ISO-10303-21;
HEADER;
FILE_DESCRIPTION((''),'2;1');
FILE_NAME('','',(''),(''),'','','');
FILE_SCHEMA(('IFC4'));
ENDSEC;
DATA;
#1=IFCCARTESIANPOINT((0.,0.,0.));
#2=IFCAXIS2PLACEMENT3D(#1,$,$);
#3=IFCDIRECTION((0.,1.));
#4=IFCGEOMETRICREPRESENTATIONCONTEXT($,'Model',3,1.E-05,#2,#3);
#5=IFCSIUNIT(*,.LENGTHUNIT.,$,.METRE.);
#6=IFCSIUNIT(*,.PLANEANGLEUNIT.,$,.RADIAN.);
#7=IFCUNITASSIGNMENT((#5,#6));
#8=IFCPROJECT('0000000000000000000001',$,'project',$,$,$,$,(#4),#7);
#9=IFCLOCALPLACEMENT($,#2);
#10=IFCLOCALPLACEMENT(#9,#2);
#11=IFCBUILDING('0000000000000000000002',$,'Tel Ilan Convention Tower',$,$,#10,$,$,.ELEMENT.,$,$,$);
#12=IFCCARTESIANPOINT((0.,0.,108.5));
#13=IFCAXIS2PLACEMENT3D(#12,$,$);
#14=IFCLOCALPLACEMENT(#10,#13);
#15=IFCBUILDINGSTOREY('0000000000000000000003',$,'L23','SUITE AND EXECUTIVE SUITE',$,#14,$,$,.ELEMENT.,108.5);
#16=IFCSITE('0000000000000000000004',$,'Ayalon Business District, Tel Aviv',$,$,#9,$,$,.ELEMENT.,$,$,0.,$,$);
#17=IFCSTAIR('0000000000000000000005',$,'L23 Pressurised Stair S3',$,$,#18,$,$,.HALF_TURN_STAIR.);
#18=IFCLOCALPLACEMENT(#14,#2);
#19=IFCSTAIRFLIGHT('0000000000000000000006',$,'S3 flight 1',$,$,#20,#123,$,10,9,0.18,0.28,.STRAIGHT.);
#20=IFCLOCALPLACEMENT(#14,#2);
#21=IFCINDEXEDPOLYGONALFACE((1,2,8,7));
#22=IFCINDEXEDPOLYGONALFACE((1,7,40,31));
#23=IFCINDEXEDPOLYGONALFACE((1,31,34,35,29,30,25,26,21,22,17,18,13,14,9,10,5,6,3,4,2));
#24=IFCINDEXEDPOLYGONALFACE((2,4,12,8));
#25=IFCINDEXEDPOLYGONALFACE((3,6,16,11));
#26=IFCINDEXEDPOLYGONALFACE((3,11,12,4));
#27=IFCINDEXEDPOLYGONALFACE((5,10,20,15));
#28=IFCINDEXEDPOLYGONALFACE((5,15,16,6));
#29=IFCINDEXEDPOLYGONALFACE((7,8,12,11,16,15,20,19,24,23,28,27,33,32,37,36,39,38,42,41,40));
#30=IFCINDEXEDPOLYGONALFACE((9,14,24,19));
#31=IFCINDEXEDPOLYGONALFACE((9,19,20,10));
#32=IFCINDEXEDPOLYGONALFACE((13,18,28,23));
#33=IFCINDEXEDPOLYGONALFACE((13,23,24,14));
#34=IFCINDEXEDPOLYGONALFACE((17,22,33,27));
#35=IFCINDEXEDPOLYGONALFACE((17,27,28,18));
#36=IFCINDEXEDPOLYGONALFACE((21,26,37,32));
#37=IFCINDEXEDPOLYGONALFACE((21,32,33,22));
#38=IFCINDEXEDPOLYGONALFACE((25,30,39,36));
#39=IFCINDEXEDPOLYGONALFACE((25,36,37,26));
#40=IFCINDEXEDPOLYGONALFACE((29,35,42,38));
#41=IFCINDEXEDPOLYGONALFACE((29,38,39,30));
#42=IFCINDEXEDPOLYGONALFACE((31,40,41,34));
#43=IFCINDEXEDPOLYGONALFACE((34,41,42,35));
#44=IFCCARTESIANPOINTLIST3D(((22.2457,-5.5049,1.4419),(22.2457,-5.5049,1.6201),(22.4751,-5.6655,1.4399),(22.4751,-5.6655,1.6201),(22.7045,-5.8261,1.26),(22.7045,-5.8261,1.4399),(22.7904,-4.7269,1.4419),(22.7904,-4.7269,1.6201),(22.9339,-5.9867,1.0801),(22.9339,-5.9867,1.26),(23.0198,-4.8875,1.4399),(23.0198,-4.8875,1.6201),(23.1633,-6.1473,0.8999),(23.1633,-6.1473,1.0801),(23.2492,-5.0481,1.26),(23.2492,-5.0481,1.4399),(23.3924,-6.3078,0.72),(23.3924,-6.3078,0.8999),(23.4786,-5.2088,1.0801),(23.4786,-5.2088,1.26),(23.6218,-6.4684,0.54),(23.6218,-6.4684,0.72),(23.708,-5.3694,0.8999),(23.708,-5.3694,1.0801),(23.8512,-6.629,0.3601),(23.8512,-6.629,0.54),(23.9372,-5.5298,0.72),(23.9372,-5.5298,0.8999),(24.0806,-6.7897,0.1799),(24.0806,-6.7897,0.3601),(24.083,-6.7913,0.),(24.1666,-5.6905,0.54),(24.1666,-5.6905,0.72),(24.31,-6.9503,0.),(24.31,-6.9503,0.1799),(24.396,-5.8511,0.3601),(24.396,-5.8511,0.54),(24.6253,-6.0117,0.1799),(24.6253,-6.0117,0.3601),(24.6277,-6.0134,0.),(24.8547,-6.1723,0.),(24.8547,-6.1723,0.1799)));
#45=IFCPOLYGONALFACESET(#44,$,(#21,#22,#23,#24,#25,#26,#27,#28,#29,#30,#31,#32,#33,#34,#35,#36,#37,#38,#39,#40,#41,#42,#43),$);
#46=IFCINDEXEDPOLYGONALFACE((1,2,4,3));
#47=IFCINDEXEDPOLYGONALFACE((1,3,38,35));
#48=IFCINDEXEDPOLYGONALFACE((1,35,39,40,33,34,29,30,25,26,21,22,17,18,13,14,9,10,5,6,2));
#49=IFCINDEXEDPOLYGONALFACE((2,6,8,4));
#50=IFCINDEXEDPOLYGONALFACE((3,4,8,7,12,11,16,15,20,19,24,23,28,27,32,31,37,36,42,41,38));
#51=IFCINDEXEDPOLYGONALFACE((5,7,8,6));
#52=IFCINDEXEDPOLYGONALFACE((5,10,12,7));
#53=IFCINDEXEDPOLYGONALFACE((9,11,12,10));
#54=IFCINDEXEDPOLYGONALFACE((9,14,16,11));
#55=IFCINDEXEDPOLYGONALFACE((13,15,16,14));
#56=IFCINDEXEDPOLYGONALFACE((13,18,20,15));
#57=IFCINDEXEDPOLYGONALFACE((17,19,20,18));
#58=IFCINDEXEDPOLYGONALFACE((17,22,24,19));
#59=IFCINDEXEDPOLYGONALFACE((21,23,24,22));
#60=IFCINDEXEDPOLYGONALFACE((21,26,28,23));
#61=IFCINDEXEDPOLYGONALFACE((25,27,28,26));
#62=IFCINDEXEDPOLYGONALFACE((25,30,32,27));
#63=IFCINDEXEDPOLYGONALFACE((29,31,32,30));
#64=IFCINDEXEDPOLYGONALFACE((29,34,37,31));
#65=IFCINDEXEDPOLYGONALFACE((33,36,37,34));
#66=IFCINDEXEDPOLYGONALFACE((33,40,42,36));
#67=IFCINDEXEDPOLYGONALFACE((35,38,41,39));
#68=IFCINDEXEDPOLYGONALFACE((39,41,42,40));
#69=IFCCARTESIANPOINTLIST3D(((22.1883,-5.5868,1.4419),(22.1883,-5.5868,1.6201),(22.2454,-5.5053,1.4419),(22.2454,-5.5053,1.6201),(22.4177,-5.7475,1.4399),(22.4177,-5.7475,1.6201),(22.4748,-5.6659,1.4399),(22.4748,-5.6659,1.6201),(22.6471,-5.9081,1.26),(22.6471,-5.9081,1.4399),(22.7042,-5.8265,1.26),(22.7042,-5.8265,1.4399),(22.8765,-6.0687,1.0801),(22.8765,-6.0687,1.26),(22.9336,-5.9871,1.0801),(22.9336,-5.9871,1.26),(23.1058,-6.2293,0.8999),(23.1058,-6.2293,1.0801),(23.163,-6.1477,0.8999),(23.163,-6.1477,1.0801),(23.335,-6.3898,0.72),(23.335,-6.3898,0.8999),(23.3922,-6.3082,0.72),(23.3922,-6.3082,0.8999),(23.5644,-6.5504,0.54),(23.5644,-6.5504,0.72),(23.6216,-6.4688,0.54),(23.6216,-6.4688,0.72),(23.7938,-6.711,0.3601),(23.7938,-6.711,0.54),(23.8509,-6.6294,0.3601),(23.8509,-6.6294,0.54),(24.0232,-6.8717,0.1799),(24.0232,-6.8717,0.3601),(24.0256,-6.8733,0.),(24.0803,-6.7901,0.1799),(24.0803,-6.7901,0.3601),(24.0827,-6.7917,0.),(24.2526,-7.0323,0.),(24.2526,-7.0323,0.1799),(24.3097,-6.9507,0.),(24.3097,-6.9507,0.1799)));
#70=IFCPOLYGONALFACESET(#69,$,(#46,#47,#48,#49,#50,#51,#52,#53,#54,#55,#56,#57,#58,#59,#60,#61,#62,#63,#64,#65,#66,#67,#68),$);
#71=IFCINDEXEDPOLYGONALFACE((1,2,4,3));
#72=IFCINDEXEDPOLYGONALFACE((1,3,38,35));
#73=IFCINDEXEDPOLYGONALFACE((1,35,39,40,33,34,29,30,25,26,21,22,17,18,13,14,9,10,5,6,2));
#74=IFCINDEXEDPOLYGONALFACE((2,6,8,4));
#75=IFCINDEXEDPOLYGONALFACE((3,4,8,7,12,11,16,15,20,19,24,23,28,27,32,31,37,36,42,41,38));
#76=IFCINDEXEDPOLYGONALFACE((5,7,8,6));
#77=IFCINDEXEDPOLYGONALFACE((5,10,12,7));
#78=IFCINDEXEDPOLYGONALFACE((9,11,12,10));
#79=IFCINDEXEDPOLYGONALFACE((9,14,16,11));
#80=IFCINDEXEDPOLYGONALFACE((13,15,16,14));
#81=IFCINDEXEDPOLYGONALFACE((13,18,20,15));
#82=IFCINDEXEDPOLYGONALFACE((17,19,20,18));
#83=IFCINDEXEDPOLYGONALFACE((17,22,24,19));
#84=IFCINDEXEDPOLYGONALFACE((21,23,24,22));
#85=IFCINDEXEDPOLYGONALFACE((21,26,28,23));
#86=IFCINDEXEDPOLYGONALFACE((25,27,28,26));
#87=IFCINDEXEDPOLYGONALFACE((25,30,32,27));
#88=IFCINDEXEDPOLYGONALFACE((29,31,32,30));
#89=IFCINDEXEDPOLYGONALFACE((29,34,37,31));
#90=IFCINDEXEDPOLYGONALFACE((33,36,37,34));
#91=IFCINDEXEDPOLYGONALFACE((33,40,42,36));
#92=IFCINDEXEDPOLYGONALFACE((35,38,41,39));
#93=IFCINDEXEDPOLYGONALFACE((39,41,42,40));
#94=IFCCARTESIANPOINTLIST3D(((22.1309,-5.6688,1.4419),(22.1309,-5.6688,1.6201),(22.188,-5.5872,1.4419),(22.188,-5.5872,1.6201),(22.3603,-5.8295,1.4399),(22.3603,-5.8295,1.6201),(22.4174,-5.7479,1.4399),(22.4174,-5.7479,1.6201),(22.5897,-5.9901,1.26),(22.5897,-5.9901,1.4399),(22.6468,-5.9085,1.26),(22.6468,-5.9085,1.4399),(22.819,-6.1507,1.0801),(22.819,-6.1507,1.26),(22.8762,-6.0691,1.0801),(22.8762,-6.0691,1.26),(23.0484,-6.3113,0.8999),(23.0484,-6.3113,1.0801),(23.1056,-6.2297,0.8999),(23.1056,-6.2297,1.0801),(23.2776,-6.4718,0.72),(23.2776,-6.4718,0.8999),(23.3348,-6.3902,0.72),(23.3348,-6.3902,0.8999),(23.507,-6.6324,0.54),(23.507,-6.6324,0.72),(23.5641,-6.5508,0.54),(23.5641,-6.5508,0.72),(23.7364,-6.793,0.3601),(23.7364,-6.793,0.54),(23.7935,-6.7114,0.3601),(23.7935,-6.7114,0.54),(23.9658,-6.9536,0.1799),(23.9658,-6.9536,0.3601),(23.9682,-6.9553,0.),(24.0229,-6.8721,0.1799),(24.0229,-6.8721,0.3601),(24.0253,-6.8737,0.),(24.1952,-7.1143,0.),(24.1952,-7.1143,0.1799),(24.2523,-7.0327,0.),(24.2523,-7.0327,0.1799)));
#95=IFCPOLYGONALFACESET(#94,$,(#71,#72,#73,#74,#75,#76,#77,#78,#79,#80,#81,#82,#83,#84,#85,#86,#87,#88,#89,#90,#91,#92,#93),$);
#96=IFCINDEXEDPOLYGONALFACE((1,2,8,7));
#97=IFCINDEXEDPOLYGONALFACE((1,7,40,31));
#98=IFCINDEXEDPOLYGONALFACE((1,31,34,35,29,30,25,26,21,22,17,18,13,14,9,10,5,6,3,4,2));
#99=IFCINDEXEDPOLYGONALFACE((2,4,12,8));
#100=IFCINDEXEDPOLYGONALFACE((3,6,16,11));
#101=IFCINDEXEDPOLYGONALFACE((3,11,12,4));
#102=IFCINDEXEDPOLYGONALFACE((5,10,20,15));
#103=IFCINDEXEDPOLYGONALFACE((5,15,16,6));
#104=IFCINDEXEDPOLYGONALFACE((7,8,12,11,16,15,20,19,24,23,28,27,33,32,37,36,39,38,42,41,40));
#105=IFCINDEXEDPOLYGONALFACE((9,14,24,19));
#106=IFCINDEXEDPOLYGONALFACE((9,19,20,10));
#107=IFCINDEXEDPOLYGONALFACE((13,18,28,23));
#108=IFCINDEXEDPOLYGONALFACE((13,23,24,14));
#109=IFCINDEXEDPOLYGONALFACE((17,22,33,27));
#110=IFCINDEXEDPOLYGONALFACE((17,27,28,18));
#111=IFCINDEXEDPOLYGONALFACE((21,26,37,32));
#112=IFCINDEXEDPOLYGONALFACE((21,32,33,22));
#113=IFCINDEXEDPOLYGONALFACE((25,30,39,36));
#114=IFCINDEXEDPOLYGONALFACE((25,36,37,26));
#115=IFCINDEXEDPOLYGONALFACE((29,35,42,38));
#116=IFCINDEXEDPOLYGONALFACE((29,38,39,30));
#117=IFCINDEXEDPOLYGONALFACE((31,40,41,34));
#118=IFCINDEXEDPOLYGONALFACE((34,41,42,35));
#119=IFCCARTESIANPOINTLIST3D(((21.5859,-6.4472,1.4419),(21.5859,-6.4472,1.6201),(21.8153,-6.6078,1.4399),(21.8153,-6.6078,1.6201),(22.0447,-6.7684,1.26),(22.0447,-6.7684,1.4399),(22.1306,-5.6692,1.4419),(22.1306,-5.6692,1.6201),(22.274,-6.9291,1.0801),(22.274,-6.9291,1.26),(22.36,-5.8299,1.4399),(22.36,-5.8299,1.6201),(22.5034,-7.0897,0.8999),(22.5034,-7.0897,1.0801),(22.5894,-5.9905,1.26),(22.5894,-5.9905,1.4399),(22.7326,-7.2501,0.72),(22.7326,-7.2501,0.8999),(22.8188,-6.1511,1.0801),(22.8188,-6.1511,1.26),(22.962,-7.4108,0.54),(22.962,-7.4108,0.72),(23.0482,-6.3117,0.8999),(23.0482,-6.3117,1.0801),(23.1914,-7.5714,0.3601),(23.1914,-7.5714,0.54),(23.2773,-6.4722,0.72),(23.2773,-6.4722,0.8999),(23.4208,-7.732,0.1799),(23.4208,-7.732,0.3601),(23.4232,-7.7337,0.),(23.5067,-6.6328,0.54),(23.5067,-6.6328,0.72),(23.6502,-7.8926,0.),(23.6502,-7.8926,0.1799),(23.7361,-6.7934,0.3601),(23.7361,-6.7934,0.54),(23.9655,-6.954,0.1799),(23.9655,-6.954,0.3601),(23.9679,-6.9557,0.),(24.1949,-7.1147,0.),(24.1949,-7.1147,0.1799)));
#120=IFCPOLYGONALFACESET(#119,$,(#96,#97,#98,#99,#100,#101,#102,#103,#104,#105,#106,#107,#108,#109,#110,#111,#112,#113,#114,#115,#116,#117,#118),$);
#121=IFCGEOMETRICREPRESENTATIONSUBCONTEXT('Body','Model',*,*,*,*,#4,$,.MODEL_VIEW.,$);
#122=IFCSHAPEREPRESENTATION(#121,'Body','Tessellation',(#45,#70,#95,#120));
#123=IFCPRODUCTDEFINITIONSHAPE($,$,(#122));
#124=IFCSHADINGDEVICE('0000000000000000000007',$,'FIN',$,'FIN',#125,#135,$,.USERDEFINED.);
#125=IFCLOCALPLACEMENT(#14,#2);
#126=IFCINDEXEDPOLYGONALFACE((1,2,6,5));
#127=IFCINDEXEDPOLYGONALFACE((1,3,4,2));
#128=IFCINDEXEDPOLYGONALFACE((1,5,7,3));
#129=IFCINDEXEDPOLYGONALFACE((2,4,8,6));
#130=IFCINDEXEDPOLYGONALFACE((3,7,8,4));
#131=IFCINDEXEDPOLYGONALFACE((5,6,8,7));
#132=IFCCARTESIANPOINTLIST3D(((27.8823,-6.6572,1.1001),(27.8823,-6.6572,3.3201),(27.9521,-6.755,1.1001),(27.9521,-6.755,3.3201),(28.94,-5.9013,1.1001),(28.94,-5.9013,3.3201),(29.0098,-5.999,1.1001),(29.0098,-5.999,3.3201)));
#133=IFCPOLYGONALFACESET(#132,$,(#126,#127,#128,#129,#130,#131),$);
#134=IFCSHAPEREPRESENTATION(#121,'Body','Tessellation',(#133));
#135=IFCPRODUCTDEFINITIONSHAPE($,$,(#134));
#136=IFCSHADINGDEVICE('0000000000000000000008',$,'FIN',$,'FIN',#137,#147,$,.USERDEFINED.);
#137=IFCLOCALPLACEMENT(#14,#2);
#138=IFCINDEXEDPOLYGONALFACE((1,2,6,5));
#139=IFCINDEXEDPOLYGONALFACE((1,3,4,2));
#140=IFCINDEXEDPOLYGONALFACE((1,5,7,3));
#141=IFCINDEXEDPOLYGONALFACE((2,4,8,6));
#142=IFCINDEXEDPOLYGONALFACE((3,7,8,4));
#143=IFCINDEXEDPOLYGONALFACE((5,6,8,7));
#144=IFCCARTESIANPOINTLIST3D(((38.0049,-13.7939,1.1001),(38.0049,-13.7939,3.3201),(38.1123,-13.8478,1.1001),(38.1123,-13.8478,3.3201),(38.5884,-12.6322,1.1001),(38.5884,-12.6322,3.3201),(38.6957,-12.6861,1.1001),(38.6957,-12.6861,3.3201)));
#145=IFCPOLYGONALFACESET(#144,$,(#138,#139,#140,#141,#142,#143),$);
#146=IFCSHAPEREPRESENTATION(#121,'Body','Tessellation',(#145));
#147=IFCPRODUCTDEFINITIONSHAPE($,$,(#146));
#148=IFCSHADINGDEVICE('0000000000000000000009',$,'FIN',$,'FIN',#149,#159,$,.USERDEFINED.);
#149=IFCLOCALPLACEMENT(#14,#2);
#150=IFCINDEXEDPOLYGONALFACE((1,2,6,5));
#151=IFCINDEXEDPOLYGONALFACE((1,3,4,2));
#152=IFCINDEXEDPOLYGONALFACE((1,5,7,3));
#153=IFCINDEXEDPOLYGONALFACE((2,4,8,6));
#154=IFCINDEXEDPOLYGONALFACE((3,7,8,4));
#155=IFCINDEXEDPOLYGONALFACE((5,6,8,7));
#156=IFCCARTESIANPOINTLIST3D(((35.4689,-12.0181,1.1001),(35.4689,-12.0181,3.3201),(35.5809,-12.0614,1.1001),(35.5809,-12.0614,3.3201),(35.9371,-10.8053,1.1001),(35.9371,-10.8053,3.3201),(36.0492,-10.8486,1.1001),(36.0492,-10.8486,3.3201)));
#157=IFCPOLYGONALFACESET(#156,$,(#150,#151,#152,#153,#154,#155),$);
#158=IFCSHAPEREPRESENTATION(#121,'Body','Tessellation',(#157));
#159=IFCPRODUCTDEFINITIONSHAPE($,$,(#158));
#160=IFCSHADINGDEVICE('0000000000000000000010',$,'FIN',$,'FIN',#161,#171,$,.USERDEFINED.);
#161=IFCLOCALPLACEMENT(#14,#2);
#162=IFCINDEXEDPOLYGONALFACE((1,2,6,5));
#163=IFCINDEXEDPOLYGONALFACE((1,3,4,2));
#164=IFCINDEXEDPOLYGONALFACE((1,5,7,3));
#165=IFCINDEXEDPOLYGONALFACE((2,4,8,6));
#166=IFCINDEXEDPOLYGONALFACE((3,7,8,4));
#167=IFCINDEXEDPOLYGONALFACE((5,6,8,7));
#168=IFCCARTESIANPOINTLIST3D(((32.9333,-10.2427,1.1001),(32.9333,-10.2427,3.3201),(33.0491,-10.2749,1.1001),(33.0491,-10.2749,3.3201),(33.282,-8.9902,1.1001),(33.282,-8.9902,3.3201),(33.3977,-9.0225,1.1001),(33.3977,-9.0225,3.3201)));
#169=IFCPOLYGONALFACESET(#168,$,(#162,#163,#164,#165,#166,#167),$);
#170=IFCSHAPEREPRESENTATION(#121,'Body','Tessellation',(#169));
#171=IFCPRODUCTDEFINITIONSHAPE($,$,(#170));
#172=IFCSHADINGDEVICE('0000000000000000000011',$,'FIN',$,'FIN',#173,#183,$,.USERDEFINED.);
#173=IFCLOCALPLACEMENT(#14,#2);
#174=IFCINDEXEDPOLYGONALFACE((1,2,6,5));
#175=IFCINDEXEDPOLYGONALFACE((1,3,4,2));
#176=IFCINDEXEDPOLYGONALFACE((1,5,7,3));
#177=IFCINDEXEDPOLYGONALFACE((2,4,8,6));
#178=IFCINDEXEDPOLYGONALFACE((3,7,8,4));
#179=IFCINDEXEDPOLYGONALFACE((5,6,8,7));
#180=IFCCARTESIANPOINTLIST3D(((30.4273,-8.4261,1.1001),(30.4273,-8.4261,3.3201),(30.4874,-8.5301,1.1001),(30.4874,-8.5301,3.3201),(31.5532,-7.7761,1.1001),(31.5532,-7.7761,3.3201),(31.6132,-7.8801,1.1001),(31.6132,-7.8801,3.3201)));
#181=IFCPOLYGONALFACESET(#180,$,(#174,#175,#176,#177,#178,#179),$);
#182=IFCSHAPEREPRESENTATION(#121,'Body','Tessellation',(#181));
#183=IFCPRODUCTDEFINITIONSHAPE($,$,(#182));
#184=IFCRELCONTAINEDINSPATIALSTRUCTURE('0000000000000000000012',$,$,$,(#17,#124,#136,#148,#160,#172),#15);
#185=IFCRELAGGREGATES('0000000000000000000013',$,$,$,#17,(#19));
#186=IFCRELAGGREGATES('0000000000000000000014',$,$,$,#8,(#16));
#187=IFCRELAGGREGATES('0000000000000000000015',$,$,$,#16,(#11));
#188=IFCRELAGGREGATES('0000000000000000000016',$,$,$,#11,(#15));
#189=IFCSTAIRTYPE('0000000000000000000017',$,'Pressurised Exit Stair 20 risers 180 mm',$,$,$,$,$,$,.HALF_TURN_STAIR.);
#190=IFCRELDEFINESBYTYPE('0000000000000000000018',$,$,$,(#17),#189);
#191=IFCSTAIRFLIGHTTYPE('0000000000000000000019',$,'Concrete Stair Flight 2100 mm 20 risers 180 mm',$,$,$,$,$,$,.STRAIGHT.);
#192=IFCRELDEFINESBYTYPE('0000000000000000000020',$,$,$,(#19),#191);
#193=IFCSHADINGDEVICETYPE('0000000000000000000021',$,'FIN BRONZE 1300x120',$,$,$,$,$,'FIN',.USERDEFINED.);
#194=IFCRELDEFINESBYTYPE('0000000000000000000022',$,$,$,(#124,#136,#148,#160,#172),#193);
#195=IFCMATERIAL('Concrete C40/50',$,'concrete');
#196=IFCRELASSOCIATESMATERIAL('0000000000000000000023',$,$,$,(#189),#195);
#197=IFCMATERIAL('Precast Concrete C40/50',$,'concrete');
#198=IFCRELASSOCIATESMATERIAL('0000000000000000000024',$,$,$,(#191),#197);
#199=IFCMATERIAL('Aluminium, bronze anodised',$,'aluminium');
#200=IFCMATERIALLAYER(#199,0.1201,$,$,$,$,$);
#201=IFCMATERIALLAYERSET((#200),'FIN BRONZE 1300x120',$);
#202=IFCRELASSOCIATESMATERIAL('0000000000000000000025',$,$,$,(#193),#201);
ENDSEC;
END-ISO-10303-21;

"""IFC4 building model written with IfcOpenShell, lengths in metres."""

from ifc_helpers import new_model, si_unit, direction, frame, origin, origin_2d, place, context, subcontext, project, spatial, polyline, rectangle, outline, extrude, material, layer, layer_set, type_object, element, aggregate, save


model = new_model("IFC4")

# Units and contexts
model_context = context("Model", 3, precision=1e-05, world=origin(), true_north=direction((0.0, 1.0)))
body_context = subcontext(model_context, "Body", "Model", "MODEL_VIEW")
ifc_project = project(units=[si_unit("LENGTHUNIT", "METRE"), si_unit("PLANEANGLEUNIT", "RADIAN")], contexts=[model_context])

# Site, building, storey
site_placement = place(None, origin())
site = spatial("IfcSite", under=ifc_project, at=site_placement, Name="Ayalon Business District, Tel Aviv", CompositionType="ELEMENT", RefElevation=0.0)
building_placement = place(site_placement, origin())
building = spatial("IfcBuilding", under=site, at=building_placement, Name="Tel Ilan Convention Tower", CompositionType="ELEMENT")
storey_placement = place(building_placement, frame((0.0, 0.0, 108.5)))
storey = spatial("IfcBuildingStorey", under=building, at=storey_placement, Name="L23", Description="SUITE AND EXECUTIVE SUITE", CompositionType="ELEMENT", Elevation=108.5)

# Stair, stair flight
ifc_material_1 = material(Name="Concrete C40/50", Category="concrete")
stair_type = type_object("IfcStairType", Name="Pressurised Exit Stair 20 risers 180 mm", PredefinedType="HALF_TURN_STAIR", material=ifc_material_1)
stair_placement = place(storey_placement, origin())
stair = element("IfcStair", 1, at=stair_placement, inside=storey, type_object=stair_type, Name="L23 Pressurised Stair S3", PredefinedType="HALF_TURN_STAIR")
ifc_material_2 = material(Name="Precast Concrete C40/50", Category="concrete")
stair_flight_type = type_object("IfcStairFlightType", Name="Concrete Stair Flight 2100 mm 20 risers 180 mm", PredefinedType="STRAIGHT", material=ifc_material_2)
stair_flight_placement = place(storey_placement, frame((24.2524, -7.0325, 0.0), z_axis=(0.0, 0.0, 1.0), x_axis=(-0.819152, 0.573576, 0.0)))
stair_flight = element("IfcStairFlight", 2, at=stair_flight_placement, type_object=stair_flight_type, Name="S3 flight 1", NumberOfRisers=10, NumberOfTreads=9, PredefinedType="STRAIGHT", RiserHeight=0.18, TreadLength=0.28, context=body_context, shape_type="SweptSolid", body=[
    extrude(outline(polyline([(0.0, 0.0), (0.0, 0.1799), (0.28, 0.1799), (0.28, 0.3601), (0.5601, 0.3601), (0.5601, 0.54), (0.8401, 0.54), (0.8401, 0.72), (1.1201, 0.72), (1.1201, 0.8999), (1.3999, 0.8999), (1.3999, 1.0801), (1.6799, 1.0801), (1.6799, 1.26), (1.96, 1.26), (1.96, 1.4399), (2.24, 1.4399), (2.24, 1.6201), (2.52, 1.6201), (2.52, 1.8), (2.52, 1.4419), (0.2771, 0.0), (0.0, 0.0)])), frame((0.0, -0.1003, 0.0), z_axis=(0.0, -1.0, 0.0), x_axis=(1.0, 0.0, 0.0)), (0.0, 0.0, 1.0), 0.9497),
    extrude(outline(polyline([(0.0, 0.0), (0.0, 0.1799), (0.28, 0.1799), (0.28, 0.3601), (0.5601, 0.3601), (0.5601, 0.54), (0.8401, 0.54), (0.8401, 0.72), (1.1201, 0.72), (1.1201, 0.8999), (1.3999, 0.8999), (1.3999, 1.0801), (1.6799, 1.0801), (1.6799, 1.26), (1.96, 1.26), (1.96, 1.4399), (2.24, 1.4399), (2.24, 1.6201), (2.52, 1.6201), (2.52, 1.8), (2.52, 1.4419), (0.2771, 0.0), (0.0, 0.0)])), frame((0.0, -0.0002, 0.0), z_axis=(0.0, -1.0, 0.0), x_axis=(1.0, 0.0, 0.0)), (0.0, 0.0, 1.0), 0.0996),
    extrude(outline(polyline([(0.0, 0.0), (0.0, 0.1799), (0.28, 0.1799), (0.28, 0.3601), (0.5601, 0.3601), (0.5601, 0.54), (0.8401, 0.54), (0.8401, 0.72), (1.1201, 0.72), (1.1201, 0.8999), (1.3999, 0.8999), (1.3999, 1.0801), (1.6799, 1.0801), (1.6799, 1.26), (1.96, 1.26), (1.96, 1.4399), (2.24, 1.4399), (2.24, 1.6201), (2.52, 1.6201), (2.52, 1.8), (2.52, 1.4419), (0.2771, 0.0), (0.0, 0.0)])), frame((0.0, 0.0999, 0.0), z_axis=(0.0, -1.0, 0.0), x_axis=(1.0, 0.0, 0.0)), (0.0, 0.0, 1.0), 0.0996),
    extrude(outline(polyline([(0.0, 0.0), (0.0, 0.1799), (0.28, 0.1799), (0.28, 0.3601), (0.5601, 0.3601), (0.5601, 0.54), (0.8401, 0.54), (0.8401, 0.72), (1.1201, 0.72), (1.1201, 0.8999), (1.3999, 0.8999), (1.3999, 1.0801), (1.6799, 1.0801), (1.6799, 1.26), (1.96, 1.26), (1.96, 1.4399), (2.24, 1.4399), (2.24, 1.6201), (2.52, 1.6201), (2.52, 1.8), (2.52, 1.4419), (0.2771, 0.0), (0.0, 0.0)])), frame((0.0, 1.05, 0.0), z_axis=(0.0, -1.0, 0.0), x_axis=(1.0, 0.0, 0.0)), (0.0, 0.0, 1.0), 0.9497),
])
aggregate(stair, [stair_flight])

# Shading devices
ifc_material_3 = material(Name="Aluminium, bronze anodised", Category="aluminium")
ifc_layer_1 = layer(ifc_material_3, 0.1201)
ifc_layer_set_1 = layer_set([ifc_layer_1], Name="FIN BRONZE 1300x120")
shading_device_type = type_object("IfcShadingDeviceType", Name="FIN BRONZE 1300x120", ElementType="FIN", PredefinedType="USERDEFINED", material=ifc_layer_set_1)
for number, where, z_axis, x_axis, name in (
    (3, (28.446, -6.3281, 1.1001), (0.0, 0.0, 1.0), (0.813552, 0.581492, 0.0), "FIN"),
    (4, (38.3503, -13.24, 1.1001), (0.0, 0.0, 1.0), (0.448799, 0.893633, 0.0), "FIN"),
    (5, (35.759, -11.4333, 1.1001), (0.0, 0.0, 1.0), (0.360178, 0.932884, 0.0), "FIN"),
    (6, (33.1655, -9.6326, 1.1001), (0.0, 0.0, 1.0), (0.268173, 0.963371, 0.0), "FIN"),
    (7, (31.0203, -8.1531, 1.1001), (0.0, 0.0, 1.0), (0.866025, 0.5, 0.0), "FIN"),
):
    element("IfcShadingDevice", number, at=place(storey_placement, frame(where, z_axis=z_axis, x_axis=x_axis)), inside=storey, type_object=shading_device_type, Name=name, ObjectType="FIN", PredefinedType="USERDEFINED", context=body_context, shape_type="SweptSolid", body=[
        extrude(rectangle(XDim=1.3, YDim=0.1201, at=origin_2d()), origin(), (0.0, 0.0, 1.0), 2.22),
    ])

save(model, "model.ifc")
